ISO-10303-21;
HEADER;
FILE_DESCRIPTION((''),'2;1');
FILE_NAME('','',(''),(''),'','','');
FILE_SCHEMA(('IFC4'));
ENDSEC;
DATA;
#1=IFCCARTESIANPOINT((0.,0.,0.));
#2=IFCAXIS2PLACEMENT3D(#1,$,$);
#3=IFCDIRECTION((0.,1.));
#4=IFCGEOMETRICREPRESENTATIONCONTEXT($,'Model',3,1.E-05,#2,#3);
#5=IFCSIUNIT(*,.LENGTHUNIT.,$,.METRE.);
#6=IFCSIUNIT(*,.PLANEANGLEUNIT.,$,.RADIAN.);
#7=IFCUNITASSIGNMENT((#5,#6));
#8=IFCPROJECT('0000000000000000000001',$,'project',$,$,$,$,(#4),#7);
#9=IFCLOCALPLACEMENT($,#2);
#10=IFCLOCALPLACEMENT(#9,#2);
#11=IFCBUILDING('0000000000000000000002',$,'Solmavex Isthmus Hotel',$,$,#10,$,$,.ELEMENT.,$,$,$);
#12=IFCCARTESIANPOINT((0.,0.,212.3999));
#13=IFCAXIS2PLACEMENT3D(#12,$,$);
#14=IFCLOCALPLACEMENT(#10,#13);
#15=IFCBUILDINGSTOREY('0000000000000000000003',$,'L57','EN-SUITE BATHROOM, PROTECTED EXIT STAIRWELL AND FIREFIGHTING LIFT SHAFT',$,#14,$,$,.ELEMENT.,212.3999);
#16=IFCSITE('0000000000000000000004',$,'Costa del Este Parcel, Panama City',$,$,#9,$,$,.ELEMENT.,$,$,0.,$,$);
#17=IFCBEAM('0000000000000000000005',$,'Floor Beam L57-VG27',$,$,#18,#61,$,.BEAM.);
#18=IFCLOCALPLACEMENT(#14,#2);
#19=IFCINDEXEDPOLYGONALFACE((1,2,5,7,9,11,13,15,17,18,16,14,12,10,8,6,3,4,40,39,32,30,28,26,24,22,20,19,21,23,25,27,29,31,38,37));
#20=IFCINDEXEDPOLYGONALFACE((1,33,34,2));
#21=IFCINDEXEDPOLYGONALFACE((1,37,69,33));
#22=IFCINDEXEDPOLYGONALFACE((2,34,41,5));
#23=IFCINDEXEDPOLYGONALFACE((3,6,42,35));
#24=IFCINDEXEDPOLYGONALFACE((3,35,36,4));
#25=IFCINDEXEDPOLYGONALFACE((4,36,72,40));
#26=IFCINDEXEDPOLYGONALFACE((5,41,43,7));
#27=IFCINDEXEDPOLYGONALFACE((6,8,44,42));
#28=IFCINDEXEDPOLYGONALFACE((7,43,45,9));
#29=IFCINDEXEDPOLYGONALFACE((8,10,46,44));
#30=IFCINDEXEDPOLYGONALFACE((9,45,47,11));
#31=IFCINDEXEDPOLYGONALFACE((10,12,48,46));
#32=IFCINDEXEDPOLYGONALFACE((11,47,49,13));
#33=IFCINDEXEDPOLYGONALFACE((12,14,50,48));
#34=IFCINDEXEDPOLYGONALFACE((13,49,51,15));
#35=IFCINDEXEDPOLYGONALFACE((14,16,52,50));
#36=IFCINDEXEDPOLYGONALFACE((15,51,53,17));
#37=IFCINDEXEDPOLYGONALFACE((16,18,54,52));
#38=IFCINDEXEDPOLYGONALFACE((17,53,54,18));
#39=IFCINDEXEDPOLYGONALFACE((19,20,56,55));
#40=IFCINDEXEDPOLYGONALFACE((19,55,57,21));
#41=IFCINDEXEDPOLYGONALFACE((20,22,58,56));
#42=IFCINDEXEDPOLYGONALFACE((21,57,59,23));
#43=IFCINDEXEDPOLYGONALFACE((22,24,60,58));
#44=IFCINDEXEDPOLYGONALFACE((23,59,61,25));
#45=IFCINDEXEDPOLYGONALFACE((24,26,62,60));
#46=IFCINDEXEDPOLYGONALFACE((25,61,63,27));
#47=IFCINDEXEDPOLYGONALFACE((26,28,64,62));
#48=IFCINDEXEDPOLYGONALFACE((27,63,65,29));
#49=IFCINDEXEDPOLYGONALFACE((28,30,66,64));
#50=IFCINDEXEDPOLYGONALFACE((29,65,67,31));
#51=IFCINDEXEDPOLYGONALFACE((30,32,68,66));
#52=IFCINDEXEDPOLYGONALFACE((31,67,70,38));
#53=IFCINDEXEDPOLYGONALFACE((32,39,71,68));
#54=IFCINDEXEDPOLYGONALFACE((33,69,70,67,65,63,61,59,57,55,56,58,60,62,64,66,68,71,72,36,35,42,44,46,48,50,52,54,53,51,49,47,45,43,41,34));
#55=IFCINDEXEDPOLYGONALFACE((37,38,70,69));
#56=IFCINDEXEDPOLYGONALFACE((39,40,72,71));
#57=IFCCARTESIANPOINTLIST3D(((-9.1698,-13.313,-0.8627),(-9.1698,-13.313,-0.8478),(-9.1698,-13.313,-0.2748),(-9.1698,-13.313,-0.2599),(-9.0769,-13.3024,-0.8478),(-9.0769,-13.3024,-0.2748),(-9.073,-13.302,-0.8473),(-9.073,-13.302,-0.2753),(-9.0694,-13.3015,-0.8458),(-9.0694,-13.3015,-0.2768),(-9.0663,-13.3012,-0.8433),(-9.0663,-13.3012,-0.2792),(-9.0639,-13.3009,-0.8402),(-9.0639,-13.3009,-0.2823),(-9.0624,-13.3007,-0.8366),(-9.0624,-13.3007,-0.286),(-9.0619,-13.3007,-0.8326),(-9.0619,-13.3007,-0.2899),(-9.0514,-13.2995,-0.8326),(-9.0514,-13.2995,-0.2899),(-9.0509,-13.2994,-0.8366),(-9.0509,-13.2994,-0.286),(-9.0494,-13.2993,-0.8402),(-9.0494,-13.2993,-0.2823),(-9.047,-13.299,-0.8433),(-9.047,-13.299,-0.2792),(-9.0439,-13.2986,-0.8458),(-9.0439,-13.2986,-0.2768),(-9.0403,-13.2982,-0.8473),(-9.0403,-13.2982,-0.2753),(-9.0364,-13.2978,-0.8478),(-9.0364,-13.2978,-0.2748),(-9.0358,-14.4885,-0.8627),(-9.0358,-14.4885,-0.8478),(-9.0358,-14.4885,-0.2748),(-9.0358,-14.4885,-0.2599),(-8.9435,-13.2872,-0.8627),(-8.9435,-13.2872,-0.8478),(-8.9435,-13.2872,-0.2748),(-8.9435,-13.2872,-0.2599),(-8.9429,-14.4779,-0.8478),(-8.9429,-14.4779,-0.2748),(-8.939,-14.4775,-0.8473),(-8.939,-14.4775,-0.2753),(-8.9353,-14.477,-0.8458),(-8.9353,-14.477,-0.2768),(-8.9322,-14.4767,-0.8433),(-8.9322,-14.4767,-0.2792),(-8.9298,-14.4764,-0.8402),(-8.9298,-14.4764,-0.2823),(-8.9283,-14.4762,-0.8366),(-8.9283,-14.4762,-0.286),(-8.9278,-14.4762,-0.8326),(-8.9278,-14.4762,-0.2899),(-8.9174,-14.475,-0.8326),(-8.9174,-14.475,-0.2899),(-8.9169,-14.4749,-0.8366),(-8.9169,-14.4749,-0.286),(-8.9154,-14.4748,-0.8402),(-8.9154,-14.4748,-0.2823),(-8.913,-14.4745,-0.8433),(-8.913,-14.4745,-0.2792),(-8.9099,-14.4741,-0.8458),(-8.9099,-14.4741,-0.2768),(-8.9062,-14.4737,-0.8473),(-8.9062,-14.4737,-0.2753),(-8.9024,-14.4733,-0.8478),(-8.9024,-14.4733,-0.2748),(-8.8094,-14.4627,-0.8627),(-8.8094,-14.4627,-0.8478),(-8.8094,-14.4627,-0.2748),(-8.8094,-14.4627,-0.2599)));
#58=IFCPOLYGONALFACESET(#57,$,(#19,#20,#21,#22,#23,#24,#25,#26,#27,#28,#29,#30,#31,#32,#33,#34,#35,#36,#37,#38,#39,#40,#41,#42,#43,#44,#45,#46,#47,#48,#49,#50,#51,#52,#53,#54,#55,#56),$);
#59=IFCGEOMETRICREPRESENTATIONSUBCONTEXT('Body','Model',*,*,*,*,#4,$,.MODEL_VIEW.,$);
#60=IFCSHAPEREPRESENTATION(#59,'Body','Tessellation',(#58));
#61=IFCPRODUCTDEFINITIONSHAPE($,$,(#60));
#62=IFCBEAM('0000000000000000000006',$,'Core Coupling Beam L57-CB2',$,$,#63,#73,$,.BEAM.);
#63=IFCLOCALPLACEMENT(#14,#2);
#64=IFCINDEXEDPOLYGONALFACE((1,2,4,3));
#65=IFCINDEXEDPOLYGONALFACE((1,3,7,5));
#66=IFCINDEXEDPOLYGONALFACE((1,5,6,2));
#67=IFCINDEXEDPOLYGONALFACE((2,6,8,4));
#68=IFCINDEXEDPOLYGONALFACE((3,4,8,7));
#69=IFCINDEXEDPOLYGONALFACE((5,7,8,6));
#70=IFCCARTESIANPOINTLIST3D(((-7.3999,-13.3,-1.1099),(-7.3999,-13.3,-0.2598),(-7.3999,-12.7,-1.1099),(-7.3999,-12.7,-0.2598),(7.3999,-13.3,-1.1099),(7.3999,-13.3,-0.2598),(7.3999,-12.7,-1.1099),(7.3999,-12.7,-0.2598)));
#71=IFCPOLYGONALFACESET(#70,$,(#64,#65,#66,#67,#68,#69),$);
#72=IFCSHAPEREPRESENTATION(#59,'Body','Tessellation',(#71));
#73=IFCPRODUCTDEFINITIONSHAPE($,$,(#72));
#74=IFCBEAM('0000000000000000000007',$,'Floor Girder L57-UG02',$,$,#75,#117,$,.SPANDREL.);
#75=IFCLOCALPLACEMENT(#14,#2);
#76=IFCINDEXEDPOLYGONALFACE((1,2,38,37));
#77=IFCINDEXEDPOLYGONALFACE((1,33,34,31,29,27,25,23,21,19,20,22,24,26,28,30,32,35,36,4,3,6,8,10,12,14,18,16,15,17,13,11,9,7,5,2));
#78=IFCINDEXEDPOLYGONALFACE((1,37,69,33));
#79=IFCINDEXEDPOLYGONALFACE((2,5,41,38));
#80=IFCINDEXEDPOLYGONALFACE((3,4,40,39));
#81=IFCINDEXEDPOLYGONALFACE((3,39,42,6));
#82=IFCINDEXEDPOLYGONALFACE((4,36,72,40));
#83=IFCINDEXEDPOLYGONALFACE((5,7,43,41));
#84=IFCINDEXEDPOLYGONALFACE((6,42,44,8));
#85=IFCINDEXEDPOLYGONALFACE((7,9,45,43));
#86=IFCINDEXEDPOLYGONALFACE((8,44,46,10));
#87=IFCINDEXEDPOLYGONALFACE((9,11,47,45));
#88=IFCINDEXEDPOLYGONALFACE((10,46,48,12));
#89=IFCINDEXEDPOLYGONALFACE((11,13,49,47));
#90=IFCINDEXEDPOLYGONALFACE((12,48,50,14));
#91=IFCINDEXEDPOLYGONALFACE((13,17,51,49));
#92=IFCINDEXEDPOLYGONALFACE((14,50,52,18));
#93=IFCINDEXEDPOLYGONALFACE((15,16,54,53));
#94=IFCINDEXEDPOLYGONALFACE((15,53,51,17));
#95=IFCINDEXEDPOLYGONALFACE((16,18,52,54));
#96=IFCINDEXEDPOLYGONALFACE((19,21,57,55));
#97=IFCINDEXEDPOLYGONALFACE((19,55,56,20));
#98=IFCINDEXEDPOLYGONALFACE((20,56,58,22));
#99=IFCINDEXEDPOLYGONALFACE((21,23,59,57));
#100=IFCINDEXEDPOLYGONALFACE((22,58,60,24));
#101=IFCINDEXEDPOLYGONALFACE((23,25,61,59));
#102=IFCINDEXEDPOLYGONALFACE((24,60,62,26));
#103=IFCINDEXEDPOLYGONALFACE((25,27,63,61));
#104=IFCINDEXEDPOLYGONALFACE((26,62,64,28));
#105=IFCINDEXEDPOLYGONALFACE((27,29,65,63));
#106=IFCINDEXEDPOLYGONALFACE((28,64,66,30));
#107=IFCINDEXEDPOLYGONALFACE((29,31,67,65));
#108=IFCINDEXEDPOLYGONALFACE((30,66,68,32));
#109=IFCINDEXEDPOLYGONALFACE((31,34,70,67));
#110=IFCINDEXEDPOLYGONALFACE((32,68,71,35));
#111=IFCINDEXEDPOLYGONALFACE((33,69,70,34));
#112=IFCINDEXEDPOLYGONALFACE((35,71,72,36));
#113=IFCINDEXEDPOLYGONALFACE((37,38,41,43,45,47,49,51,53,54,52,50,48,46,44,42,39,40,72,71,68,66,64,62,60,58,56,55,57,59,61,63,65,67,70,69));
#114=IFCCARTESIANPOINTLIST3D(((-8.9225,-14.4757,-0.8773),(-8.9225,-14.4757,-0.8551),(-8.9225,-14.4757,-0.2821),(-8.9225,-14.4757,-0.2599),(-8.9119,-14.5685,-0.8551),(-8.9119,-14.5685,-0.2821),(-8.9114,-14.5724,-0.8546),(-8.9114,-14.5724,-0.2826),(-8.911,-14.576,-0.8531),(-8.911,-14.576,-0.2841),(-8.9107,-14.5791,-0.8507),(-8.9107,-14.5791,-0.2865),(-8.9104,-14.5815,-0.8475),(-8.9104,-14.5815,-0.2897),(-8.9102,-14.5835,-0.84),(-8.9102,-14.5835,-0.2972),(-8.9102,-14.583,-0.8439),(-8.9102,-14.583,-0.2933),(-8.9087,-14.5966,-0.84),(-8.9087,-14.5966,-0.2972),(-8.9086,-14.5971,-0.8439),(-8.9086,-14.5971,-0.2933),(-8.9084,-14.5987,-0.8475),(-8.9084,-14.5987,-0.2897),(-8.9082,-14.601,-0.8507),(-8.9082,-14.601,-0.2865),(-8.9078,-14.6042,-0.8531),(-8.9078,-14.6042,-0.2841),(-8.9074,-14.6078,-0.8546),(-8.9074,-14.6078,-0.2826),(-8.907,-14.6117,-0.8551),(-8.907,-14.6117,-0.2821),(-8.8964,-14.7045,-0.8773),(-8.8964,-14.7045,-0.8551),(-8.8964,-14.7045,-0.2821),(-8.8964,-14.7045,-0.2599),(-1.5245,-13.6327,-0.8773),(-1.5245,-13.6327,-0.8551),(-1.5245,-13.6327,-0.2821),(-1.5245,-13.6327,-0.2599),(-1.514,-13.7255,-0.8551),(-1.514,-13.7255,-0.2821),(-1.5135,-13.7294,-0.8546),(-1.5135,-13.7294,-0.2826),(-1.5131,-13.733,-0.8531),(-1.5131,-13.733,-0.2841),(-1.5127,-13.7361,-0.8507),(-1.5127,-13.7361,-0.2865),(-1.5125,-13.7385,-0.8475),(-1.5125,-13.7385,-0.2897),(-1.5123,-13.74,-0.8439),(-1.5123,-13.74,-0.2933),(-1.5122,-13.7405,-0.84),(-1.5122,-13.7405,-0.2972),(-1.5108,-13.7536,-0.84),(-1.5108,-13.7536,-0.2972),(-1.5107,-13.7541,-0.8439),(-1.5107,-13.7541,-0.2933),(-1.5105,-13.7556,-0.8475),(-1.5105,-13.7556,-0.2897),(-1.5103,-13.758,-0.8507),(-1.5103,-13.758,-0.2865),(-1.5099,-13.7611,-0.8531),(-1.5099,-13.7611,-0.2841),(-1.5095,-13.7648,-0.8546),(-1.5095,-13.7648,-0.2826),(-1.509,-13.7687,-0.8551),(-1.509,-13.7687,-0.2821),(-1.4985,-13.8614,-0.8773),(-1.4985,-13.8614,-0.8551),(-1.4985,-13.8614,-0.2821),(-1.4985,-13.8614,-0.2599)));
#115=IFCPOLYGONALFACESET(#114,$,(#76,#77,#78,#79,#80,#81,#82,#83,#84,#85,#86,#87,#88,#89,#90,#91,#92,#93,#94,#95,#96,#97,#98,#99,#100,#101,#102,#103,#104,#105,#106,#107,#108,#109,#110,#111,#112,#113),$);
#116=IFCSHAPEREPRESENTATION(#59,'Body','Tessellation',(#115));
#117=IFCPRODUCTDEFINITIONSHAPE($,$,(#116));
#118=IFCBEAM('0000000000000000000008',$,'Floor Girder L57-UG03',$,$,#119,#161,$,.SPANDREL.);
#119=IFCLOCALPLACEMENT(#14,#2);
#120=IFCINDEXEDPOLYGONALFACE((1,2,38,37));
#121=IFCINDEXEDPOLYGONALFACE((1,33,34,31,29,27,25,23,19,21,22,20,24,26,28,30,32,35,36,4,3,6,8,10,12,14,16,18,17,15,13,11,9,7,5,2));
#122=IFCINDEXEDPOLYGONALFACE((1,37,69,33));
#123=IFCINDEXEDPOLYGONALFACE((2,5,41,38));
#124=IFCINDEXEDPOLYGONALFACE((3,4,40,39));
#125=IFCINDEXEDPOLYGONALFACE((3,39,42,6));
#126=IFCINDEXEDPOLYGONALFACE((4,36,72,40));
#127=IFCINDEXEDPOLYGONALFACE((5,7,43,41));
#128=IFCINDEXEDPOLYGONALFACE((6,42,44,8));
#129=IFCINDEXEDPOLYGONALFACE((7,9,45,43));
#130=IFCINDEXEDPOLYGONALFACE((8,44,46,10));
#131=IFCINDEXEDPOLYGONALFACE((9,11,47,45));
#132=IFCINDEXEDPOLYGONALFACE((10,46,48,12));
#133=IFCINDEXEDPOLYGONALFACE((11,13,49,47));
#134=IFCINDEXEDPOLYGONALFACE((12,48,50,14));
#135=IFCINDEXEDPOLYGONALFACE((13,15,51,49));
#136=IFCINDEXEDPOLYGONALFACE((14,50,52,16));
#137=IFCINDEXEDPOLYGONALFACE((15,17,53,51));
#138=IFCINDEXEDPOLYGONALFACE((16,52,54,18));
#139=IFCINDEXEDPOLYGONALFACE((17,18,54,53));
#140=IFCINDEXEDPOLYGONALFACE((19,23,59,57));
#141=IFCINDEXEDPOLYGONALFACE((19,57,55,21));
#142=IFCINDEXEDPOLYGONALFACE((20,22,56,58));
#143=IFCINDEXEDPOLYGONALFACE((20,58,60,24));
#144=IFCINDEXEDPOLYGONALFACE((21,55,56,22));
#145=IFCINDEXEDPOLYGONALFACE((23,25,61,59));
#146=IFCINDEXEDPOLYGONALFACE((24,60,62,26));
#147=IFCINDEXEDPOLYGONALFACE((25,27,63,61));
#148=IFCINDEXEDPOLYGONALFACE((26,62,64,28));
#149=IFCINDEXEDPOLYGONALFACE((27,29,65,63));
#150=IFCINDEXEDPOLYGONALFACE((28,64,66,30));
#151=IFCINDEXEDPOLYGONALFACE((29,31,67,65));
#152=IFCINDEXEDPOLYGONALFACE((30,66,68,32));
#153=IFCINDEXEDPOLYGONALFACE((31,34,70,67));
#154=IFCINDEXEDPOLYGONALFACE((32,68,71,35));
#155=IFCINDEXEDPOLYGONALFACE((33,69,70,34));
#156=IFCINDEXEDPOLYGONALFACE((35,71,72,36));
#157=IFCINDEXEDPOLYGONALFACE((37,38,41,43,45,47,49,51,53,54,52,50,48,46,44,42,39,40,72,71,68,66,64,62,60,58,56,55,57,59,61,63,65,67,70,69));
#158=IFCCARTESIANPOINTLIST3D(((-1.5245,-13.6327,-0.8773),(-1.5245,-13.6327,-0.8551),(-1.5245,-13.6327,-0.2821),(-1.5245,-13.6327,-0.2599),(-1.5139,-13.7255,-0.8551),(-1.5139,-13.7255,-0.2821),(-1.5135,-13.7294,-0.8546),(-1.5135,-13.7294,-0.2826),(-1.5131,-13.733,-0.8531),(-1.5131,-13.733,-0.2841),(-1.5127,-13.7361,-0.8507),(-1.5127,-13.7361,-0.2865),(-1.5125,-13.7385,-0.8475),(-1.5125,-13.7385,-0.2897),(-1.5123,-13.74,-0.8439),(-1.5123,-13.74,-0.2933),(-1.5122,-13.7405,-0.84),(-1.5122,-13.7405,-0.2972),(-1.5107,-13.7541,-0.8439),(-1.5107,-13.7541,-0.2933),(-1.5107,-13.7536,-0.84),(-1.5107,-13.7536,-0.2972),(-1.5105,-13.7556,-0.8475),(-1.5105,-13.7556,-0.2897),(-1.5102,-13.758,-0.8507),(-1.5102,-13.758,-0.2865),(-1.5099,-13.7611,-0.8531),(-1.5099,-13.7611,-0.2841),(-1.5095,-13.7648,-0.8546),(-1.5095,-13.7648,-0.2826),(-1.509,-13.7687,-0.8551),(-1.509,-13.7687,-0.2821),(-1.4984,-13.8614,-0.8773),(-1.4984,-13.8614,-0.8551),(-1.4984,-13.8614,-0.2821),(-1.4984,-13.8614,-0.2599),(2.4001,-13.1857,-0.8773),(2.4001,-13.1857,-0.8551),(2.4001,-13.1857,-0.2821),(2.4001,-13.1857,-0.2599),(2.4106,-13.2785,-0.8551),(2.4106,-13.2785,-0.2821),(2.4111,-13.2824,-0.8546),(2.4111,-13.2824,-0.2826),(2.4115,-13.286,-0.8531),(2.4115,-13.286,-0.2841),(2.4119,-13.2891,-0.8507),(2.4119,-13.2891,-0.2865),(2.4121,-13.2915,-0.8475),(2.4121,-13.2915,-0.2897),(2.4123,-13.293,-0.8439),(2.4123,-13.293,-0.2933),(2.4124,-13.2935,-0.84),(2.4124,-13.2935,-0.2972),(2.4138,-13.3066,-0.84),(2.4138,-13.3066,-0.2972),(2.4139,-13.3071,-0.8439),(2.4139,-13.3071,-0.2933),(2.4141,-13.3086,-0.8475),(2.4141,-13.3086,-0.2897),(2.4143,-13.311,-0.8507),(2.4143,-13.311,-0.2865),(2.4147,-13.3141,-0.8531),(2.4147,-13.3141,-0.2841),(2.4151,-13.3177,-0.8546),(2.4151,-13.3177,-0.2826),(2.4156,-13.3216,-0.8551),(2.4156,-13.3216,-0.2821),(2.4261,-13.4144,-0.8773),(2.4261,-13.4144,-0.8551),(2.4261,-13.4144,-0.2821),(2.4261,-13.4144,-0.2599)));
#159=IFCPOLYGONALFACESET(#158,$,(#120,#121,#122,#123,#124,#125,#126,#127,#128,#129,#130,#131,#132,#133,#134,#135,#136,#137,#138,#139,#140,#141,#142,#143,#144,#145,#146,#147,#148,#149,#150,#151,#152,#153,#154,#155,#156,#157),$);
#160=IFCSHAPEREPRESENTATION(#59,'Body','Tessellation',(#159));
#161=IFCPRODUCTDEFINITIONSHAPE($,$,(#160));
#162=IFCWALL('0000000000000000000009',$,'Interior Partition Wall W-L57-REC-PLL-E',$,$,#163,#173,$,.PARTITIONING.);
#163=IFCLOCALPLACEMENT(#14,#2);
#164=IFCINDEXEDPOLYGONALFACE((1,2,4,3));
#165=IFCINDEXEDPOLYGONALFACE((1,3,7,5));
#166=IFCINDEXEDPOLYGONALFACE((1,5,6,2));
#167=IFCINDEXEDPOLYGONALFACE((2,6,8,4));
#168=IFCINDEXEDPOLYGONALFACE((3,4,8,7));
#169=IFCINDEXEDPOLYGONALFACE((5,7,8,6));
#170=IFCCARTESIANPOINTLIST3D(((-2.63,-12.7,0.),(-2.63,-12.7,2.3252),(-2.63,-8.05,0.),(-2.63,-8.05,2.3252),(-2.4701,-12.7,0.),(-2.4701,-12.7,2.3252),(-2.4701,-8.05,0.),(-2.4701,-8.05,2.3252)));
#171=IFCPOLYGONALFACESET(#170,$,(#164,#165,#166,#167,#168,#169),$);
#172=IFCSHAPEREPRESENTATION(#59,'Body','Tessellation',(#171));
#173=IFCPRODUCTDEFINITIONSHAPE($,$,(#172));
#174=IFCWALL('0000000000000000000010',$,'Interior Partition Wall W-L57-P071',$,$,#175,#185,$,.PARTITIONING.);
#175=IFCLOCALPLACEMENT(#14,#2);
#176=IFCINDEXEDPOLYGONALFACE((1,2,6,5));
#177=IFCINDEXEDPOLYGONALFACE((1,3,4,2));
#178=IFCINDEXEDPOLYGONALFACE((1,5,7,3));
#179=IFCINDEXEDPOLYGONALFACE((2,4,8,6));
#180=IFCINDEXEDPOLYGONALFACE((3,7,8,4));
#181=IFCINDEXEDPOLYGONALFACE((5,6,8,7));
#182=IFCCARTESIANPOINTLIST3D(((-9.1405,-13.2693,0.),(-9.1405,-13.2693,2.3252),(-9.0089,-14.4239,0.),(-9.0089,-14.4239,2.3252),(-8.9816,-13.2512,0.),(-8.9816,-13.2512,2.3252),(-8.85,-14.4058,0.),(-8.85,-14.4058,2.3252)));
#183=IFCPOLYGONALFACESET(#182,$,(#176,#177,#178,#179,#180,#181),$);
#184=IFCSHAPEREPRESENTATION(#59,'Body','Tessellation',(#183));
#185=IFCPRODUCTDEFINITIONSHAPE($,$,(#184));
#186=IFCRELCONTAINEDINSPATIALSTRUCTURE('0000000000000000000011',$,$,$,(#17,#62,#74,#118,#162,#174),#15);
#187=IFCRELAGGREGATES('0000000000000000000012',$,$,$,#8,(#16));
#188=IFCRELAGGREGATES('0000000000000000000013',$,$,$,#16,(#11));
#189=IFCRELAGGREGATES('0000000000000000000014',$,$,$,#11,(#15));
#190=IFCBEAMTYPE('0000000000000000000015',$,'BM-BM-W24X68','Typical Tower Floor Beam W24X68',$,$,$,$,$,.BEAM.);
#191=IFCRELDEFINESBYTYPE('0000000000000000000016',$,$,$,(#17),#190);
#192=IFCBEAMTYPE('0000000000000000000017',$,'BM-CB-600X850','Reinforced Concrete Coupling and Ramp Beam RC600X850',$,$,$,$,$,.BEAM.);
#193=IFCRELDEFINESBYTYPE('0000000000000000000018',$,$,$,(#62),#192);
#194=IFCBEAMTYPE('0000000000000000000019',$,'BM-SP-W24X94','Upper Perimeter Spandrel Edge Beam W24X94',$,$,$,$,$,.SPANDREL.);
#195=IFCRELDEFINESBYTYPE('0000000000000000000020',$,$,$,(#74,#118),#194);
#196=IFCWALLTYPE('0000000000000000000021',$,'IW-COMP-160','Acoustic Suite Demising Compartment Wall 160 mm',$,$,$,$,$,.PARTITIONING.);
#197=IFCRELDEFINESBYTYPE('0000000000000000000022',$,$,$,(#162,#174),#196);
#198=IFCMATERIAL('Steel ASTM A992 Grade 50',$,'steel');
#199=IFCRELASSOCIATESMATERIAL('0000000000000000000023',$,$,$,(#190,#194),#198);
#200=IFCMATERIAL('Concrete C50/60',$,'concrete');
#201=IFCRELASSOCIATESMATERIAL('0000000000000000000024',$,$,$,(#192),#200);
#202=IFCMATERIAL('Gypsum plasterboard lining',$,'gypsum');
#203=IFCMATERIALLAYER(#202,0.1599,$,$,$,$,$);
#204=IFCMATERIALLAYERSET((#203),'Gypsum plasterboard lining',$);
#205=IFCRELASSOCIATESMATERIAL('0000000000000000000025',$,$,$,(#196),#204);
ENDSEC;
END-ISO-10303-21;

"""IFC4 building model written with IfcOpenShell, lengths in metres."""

from ifc_helpers import new_model, si_unit, direction, frame, frame_2d, origin, origin_2d, place, context, subcontext, project, spatial, rectangle, i_section, extrude, material, layer, layer_set, material_profile, profile_set, type_object, element, save


model = new_model("IFC4")

# Units and contexts
model_context = context("Model", 3, precision=1e-05, world=origin(), true_north=direction((0.0, 1.0)))
body_context = subcontext(model_context, "Body", "Model", "MODEL_VIEW")
ifc_project = project(units=[si_unit("LENGTHUNIT", "METRE"), si_unit("PLANEANGLEUNIT", "RADIAN")], contexts=[model_context])

# Site, building, storey
site_placement = place(None, origin())
site = spatial("IfcSite", under=ifc_project, at=site_placement, Name="Costa del Este Parcel, Panama City", CompositionType="ELEMENT", RefElevation=0.0)
building_placement = place(site_placement, origin())
building = spatial("IfcBuilding", under=site, at=building_placement, Name="Solmavex Isthmus Hotel", CompositionType="ELEMENT")
storey_placement = place(building_placement, frame((0.0, 0.0, 212.3999)))
storey = spatial("IfcBuildingStorey", under=building, at=storey_placement, Name="L57", Description="EN-SUITE BATHROOM, PROTECTED EXIT STAIRWELL AND FIREFIGHTING LIFT SHAFT", CompositionType="ELEMENT", Elevation=212.3999)

# Shared definitions
ifc_material_1 = material(Name="Concrete C50/60", Category="concrete")

# Beams
ifc_material_2 = material(Name="Steel ASTM A992 Grade 50", Category="steel")
ifc_material_profile_1 = material_profile(ifc_material_2, i_section(OverallWidth=0.2278, OverallDepth=0.6028, WebThickness=0.0105, FlangeThickness=0.0149, FilletRadius=0.0151, at=origin_2d()), Name="W24X68")
ifc_profile_set_1 = profile_set([ifc_material_profile_1], Name="Steel ASTM A992 Grade 50")
beam_type_1 = type_object("IfcBeamType", Name="BM-BM-W24X68", Description="Typical Tower Floor Beam W24X68", PredefinedType="BEAM", material=ifc_profile_set_1)
beam_1_placement = place(storey_placement, frame((-8.9226, -14.4756, -0.5613), z_axis=(-0.113285, 0.993563, 0.0), x_axis=(-0.993563, -0.113285, 0.0)))
element("IfcBeam", 1, at=beam_1_placement, inside=storey, type_object=beam_type_1, Name="Floor Beam L57-VG27", PredefinedType="BEAM", context=body_context, shape_type="SweptSolid", body=[
    extrude(i_section(OverallWidth=0.2278, OverallDepth=0.6028, WebThickness=0.0105, FlangeThickness=0.0149, FilletRadius=0.0151, at=origin_2d()), origin(), (0.0, 0.0, 1.0), 1.1831),
])
ifc_material_profile_2 = material_profile(ifc_material_1, rectangle(XDim=0.6001, YDim=0.8501, at=origin_2d()), Name="RC600X850")
ifc_profile_set_2 = profile_set([ifc_material_profile_2], Name="Concrete C50/60")
beam_type_2 = type_object("IfcBeamType", Name="BM-CB-600X850", Description="Reinforced Concrete Coupling and Ramp Beam RC600X850", PredefinedType="BEAM", material=ifc_profile_set_2)
beam_2_placement = place(storey_placement, frame((-7.3999, -13.0, -0.6848), z_axis=(1.0, 0.0, 0.0), x_axis=(0.0, 1.0, 0.0)))
element("IfcBeam", 2, at=beam_2_placement, inside=storey, type_object=beam_type_2, Name="Core Coupling Beam L57-CB2", PredefinedType="BEAM", context=body_context, shape_type="SweptSolid", body=[
    extrude(rectangle(XDim=0.6001, YDim=0.8501, at=origin_2d()), origin(), (0.0, 0.0, 1.0), 14.7998),
])
ifc_material_profile_3 = material_profile(ifc_material_2, i_section(OverallWidth=0.2302, OverallDepth=0.6174, WebThickness=0.0132, FlangeThickness=0.0222, FilletRadius=0.0151, at=origin_2d()), Name="W24X94")
ifc_profile_set_3 = profile_set([ifc_material_profile_3], Name="Steel ASTM A992 Grade 50")
beam_type_3 = type_object("IfcBeamType", Name="BM-SP-W24X94", Description="Upper Perimeter Spandrel Edge Beam W24X94", PredefinedType="SPANDREL", material=ifc_profile_set_3)
beam_3_placement = place(storey_placement, frame((-8.9094, -14.5901, -0.5686), z_axis=(0.99357, 0.11322, 0.0), x_axis=(-0.11322, 0.99357, 0.0)))
element("IfcBeam", 3, at=beam_3_placement, inside=storey, type_object=beam_type_3, Name="Floor Girder L57-UG02", PredefinedType="SPANDREL", context=body_context, shape_type="SweptSolid", body=[
    extrude(i_section(OverallWidth=0.2302, OverallDepth=0.6174, WebThickness=0.0132, FlangeThickness=0.0222, FilletRadius=0.0151, at=origin_2d()), origin(), (0.0, 0.0, 1.0), 7.4458),
])
beam_4_placement = place(storey_placement, frame((-1.5115, -13.7471, -0.5686), z_axis=(0.993575, 0.113172, 0.0), x_axis=(-0.113172, 0.993575, 0.0)))
element("IfcBeam", 4, at=beam_4_placement, inside=storey, type_object=beam_type_3, Name="Floor Girder L57-UG03", PredefinedType="SPANDREL", context=body_context, shape_type="SweptSolid", body=[
    extrude(i_section(OverallWidth=0.2302, OverallDepth=0.6174, WebThickness=0.0132, FlangeThickness=0.0222, FilletRadius=0.0151, at=origin_2d()), origin(), (0.0, 0.0, 1.0), 3.95),
])

# Walls
ifc_material_3 = material(Name="Gypsum plasterboard lining", Category="gypsum")
ifc_layer_1 = layer(ifc_material_3, 0.1599)
ifc_layer_set_1 = layer_set([ifc_layer_1], Name="Gypsum plasterboard lining")
wall_type_1 = type_object("IfcWallType", Name="IW-COMP-160", Description="Acoustic Suite Demising Compartment Wall 160 mm", PredefinedType="PARTITIONING", material=ifc_layer_set_1)
wall_1_placement = place(storey_placement, frame((-2.55, -12.7, 0.0), z_axis=(0.0, 0.0, 1.0), x_axis=(0.0, 1.0, 0.0)))
element("IfcWall", 5, at=wall_1_placement, inside=storey, type_object=wall_type_1, Name="Interior Partition Wall W-L57-REC-PLL-E", PredefinedType="PARTITIONING", context=body_context, shape_type="SweptSolid", body=[
    extrude(rectangle(XDim=4.6499, YDim=0.1599, at=frame_2d((2.325, 0.0))), origin(), (0.0, 0.0, 1.0), 2.3252),
])
wall_2_placement = place(storey_placement, frame((-9.061, -13.2603, 0.0), z_axis=(0.0, 0.0, 1.0), x_axis=(0.113244, -0.993567, 0.0)))
element("IfcWall", 6, at=wall_2_placement, inside=storey, type_object=wall_type_1, Name="Interior Partition Wall W-L57-P071", PredefinedType="PARTITIONING", context=body_context, shape_type="SweptSolid", body=[
    extrude(rectangle(XDim=1.1621, YDim=0.1599, at=frame_2d((0.5811, 0.0))), origin(), (0.0, 0.0, 1.0), 2.3252),
])

save(model, "model.ifc")
